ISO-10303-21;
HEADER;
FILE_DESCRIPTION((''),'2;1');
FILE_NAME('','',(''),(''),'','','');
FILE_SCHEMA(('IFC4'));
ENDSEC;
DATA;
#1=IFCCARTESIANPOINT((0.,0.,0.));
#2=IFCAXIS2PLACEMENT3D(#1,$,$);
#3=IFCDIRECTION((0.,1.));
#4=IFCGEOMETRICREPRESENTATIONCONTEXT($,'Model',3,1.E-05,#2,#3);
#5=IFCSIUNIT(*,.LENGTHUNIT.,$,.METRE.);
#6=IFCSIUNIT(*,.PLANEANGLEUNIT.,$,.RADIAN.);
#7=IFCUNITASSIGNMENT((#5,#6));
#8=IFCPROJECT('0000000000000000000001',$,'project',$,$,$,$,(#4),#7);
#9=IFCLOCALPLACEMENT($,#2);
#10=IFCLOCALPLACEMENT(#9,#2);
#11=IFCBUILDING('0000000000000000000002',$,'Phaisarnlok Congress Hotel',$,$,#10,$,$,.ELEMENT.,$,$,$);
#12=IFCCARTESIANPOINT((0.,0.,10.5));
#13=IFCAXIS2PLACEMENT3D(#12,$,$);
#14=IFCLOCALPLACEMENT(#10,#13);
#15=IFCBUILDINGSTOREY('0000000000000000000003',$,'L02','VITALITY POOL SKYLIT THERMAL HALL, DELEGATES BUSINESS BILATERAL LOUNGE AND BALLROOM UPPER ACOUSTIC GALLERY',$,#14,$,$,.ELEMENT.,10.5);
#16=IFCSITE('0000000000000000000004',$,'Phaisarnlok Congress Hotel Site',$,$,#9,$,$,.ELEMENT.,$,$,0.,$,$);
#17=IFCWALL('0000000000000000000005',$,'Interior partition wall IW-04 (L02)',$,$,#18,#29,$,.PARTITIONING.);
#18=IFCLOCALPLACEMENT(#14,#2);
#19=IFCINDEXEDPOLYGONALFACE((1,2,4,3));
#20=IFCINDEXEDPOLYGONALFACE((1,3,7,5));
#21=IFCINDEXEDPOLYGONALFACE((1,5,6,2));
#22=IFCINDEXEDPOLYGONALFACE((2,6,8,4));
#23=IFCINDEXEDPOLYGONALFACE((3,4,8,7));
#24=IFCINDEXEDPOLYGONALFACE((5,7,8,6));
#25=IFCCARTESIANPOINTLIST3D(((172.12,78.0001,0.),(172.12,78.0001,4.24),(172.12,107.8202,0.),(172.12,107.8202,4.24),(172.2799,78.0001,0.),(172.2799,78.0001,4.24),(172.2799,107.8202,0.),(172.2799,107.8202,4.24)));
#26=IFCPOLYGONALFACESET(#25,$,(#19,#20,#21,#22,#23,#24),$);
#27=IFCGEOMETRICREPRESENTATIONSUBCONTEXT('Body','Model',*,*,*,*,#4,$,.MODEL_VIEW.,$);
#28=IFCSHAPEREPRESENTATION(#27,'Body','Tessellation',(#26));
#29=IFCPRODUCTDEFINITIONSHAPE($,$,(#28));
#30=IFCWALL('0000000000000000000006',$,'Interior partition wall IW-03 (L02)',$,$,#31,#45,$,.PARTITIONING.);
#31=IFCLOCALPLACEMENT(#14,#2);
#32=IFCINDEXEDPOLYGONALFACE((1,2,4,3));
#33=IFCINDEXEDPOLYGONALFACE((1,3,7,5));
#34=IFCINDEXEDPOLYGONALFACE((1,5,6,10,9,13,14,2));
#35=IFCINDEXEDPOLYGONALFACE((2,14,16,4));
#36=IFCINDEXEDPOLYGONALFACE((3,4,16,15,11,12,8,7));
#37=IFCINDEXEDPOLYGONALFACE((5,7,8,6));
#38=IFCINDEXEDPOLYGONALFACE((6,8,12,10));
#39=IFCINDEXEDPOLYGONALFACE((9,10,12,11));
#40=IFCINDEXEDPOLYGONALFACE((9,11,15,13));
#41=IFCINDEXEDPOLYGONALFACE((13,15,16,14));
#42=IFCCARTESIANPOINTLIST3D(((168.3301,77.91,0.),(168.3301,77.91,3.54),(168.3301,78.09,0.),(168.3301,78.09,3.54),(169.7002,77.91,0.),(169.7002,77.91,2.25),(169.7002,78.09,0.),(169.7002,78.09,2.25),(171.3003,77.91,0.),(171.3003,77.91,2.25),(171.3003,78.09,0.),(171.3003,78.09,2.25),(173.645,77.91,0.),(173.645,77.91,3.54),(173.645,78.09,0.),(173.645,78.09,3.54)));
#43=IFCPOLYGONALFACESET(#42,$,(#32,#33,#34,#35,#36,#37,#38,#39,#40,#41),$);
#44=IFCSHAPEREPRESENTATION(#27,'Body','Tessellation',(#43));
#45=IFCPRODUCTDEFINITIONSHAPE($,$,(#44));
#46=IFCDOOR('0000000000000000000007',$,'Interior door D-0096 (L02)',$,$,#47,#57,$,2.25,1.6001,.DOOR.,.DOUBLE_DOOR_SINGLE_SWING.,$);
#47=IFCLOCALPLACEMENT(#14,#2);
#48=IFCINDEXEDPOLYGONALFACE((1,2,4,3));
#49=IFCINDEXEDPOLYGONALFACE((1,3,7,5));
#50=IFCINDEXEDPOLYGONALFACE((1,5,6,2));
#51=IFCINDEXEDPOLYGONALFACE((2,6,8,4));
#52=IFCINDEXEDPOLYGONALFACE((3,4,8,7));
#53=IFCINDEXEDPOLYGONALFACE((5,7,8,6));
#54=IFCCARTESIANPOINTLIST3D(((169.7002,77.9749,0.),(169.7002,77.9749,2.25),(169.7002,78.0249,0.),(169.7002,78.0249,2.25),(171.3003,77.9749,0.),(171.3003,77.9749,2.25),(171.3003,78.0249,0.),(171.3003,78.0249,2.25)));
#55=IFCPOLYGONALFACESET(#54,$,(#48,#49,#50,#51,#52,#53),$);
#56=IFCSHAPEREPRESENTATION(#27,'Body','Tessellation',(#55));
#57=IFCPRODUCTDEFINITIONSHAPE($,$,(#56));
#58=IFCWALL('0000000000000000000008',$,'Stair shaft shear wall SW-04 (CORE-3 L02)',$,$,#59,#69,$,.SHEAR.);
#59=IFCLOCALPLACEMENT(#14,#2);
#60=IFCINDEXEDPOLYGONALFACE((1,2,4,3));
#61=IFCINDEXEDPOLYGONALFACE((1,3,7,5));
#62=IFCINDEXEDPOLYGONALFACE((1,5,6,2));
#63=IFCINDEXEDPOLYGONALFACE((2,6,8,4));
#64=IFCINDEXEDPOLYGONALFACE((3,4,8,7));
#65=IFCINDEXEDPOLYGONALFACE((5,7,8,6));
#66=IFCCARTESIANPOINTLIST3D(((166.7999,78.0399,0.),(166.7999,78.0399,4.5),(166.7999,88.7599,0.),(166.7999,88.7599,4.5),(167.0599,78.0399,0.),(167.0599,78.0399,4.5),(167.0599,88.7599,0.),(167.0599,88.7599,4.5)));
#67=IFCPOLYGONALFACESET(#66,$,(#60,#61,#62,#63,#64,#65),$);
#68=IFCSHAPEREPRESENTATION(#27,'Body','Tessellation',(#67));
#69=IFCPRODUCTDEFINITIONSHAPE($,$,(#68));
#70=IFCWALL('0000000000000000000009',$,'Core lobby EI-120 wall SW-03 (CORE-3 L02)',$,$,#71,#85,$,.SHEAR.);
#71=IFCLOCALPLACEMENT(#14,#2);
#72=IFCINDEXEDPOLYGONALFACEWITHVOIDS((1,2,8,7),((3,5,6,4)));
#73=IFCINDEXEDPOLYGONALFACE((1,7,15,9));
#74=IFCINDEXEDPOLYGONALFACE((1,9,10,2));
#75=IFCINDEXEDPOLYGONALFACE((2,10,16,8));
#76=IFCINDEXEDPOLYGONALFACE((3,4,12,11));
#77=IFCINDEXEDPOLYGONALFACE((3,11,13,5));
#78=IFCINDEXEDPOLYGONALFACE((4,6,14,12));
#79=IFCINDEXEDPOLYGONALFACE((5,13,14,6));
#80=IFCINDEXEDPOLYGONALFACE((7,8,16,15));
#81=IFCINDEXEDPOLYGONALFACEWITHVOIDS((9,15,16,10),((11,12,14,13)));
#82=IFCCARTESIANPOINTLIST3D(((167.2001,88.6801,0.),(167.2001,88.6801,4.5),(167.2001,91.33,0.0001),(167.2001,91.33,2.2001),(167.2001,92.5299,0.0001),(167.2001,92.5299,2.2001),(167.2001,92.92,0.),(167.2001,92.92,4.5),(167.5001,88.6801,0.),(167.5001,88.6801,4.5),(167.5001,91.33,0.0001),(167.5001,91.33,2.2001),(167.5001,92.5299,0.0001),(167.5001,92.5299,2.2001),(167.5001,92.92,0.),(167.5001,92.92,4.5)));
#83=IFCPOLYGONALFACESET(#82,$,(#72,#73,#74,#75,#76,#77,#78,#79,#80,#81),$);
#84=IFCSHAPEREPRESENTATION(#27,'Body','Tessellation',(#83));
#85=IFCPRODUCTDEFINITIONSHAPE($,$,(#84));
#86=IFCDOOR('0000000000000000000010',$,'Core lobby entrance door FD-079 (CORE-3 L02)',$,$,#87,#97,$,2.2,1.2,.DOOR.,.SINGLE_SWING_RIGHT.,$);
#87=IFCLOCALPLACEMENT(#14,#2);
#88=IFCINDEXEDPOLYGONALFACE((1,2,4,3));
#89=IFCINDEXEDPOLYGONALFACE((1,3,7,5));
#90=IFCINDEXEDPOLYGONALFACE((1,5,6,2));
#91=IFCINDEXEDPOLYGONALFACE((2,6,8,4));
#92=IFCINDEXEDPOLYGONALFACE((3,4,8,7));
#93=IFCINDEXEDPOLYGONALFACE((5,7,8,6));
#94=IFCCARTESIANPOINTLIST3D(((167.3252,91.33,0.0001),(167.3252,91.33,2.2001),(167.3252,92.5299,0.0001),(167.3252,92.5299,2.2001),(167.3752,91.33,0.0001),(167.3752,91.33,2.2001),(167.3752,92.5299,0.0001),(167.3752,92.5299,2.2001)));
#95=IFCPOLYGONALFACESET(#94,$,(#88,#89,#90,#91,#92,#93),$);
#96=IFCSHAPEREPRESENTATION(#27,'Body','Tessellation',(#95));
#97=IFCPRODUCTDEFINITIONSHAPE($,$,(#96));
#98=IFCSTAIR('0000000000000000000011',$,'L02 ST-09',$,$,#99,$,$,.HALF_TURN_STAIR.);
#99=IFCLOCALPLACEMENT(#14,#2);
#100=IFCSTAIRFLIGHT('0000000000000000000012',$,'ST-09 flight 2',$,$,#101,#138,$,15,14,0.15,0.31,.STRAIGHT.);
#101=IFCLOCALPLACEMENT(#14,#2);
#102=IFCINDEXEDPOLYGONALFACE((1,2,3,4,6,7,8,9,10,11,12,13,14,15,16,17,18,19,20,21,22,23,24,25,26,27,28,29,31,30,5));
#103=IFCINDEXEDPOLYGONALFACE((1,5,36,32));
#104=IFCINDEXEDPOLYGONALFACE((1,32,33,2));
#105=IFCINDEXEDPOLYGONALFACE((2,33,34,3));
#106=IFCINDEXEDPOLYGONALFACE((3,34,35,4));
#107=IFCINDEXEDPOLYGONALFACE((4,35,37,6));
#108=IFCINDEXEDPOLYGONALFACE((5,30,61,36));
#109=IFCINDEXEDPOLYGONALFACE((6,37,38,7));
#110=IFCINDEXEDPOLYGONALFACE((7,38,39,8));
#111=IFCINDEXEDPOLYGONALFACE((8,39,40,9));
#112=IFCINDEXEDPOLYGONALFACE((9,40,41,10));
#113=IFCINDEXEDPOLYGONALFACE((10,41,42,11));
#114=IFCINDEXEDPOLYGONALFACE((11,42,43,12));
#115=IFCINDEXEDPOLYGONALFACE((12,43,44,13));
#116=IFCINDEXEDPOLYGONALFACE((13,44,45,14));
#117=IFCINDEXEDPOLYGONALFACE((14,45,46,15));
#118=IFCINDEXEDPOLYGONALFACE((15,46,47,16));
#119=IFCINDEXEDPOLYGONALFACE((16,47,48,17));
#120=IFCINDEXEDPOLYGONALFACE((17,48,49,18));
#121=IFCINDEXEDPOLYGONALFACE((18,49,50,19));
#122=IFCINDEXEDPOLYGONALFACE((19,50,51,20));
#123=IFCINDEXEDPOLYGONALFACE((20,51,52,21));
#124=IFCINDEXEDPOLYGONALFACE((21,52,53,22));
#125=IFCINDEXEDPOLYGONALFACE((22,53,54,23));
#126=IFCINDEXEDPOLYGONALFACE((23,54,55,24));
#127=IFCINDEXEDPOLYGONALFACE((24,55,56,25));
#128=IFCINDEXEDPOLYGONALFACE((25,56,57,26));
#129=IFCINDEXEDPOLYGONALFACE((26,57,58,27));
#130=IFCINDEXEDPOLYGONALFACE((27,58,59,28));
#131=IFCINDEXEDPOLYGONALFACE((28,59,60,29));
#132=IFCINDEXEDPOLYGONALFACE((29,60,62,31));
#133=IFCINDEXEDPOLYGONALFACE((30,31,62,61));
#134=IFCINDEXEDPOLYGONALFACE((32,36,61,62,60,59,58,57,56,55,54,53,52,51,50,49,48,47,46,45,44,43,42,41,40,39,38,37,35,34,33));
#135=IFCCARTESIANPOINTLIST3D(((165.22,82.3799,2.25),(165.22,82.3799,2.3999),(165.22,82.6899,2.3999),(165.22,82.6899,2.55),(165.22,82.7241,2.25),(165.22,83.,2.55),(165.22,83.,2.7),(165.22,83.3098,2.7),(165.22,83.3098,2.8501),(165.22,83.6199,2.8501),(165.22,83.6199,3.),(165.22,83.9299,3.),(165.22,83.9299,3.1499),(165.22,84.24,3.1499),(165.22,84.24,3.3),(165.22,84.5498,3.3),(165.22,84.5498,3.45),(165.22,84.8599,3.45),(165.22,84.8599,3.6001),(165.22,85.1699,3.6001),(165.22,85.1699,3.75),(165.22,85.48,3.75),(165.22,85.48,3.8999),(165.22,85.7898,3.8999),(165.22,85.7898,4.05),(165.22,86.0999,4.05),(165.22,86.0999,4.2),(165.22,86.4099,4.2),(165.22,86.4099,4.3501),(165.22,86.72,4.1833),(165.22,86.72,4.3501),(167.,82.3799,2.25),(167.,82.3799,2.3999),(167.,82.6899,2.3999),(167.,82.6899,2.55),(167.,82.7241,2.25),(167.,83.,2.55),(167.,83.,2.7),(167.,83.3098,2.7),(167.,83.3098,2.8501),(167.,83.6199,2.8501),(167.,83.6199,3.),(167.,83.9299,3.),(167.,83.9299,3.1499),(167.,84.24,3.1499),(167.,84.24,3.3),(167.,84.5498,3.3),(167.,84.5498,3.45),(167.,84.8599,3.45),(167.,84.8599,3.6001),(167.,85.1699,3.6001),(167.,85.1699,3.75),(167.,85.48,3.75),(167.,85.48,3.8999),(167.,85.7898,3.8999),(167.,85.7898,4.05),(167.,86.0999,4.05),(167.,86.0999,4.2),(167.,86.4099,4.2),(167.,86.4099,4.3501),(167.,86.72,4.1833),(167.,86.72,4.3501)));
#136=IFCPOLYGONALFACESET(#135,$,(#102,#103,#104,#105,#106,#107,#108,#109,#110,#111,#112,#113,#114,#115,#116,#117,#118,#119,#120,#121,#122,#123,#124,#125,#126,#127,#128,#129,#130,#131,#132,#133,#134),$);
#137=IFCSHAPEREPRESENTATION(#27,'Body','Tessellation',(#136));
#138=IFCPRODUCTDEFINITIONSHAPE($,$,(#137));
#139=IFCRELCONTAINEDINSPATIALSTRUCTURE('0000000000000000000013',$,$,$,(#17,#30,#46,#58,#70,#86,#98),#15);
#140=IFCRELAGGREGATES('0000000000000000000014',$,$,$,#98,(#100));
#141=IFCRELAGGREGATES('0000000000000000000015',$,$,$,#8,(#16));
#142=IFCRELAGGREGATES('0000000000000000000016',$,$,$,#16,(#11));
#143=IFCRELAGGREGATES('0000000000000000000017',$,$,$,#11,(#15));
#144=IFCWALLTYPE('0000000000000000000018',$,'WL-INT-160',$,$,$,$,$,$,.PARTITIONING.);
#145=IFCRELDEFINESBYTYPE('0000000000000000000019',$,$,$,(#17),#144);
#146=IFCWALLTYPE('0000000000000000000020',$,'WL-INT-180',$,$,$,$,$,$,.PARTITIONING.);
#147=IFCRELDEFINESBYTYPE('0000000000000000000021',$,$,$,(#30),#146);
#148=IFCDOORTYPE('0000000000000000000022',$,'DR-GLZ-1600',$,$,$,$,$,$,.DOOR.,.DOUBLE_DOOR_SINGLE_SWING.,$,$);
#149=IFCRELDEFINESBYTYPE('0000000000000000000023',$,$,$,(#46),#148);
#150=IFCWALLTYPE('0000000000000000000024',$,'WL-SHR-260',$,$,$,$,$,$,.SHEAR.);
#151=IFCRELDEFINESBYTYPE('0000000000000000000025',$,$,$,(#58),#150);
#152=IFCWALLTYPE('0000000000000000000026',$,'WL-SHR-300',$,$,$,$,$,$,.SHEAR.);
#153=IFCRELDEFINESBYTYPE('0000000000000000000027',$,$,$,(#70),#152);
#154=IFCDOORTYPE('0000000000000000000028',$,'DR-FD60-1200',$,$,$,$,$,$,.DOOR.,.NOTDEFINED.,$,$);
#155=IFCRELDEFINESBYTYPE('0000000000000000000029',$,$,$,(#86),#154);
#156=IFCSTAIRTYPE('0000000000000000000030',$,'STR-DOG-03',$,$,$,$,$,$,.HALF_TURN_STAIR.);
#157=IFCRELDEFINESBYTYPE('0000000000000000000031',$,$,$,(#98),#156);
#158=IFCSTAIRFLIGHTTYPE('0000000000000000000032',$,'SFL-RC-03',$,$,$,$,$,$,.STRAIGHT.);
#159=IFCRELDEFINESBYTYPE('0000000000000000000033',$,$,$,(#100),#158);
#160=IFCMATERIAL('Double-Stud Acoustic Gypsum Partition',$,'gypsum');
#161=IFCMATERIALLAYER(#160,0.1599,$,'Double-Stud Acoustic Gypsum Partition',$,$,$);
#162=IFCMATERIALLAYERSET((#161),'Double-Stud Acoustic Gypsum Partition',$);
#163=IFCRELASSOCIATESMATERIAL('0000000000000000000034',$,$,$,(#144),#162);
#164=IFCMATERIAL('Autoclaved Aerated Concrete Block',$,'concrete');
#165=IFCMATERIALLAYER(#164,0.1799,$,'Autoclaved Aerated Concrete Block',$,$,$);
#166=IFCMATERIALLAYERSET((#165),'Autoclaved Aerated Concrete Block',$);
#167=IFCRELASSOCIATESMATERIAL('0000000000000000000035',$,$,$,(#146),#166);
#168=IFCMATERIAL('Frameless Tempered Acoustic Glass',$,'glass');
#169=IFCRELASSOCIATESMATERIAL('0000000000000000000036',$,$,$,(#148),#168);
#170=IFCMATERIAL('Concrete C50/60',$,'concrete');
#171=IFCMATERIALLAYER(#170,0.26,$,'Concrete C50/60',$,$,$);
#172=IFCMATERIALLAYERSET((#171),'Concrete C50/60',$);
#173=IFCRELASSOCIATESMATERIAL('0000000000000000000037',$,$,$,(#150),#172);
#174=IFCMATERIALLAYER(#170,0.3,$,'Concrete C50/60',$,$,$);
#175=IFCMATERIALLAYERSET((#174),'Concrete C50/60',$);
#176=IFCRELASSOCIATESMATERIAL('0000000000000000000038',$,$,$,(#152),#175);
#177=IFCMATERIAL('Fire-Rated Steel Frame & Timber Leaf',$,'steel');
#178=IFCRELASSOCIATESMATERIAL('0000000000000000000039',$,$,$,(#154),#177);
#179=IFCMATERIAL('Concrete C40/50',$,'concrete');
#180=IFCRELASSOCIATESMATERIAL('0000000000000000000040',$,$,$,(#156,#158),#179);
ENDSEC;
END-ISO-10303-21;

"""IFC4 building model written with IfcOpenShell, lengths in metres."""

from ifc_helpers import new_model, si_unit, direction, frame, frame_2d, origin, place, context, subcontext, project, spatial, polyline, rectangle, outline, extrude, material, layer, layer_set, type_object, element, fill, aggregate, save


model = new_model("IFC4")

# Units and contexts
model_context = context("Model", 3, precision=1e-05, world=origin(), true_north=direction((0.0, 1.0)))
body_context = subcontext(model_context, "Body", "Model", "MODEL_VIEW")
ifc_project = project(units=[si_unit("LENGTHUNIT", "METRE"), si_unit("PLANEANGLEUNIT", "RADIAN")], contexts=[model_context])

# Site, building, storey
site_placement = place(None, origin())
site = spatial("IfcSite", under=ifc_project, at=site_placement, Name="Phaisarnlok Congress Hotel Site", CompositionType="ELEMENT", RefElevation=0.0)
building_placement = place(site_placement, origin())
building = spatial("IfcBuilding", under=site, at=building_placement, Name="Phaisarnlok Congress Hotel", CompositionType="ELEMENT")
storey_placement = place(building_placement, frame((0.0, 0.0, 10.5)))
storey = spatial("IfcBuildingStorey", under=building, at=storey_placement, Name="L02", Description="VITALITY POOL SKYLIT THERMAL HALL, DELEGATES BUSINESS BILATERAL LOUNGE AND BALLROOM UPPER ACOUSTIC GALLERY", CompositionType="ELEMENT", Elevation=10.5)

# Shared definitions
ifc_material_1 = material(Name="Concrete C50/60", Category="concrete")

# Shared definitions
ifc_material_2 = material(Name="Concrete C40/50", Category="concrete")

# Wall
ifc_material_3 = material(Name="Double-Stud Acoustic Gypsum Partition", Category="gypsum")
ifc_layer_1 = layer(ifc_material_3, 0.1599, Name="Double-Stud Acoustic Gypsum Partition")
ifc_layer_set_1 = layer_set([ifc_layer_1], Name="Double-Stud Acoustic Gypsum Partition")
wall_type_1 = type_object("IfcWallType", Name="WL-INT-160", PredefinedType="PARTITIONING", material=ifc_layer_set_1)
wall_1_placement = place(storey_placement, frame((172.2, 78.0, 0.0), z_axis=(0.0, 0.0, 1.0), x_axis=(0.0, 1.0, 0.0)))
element("IfcWall", 1, at=wall_1_placement, inside=storey, type_object=wall_type_1, Name="Interior partition wall IW-04 (L02)", PredefinedType="PARTITIONING", context=body_context, shape_type="SweptSolid", body=[
    extrude(rectangle(XDim=29.8201, YDim=0.1599, at=frame_2d((14.9102, 0.0))), origin(), (0.0, 0.0, 1.0), 4.24),
])

# Wall, opening, door
ifc_material_4 = material(Name="Autoclaved Aerated Concrete Block", Category="concrete")
ifc_layer_2 = layer(ifc_material_4, 0.1799, Name="Autoclaved Aerated Concrete Block")
ifc_layer_set_2 = layer_set([ifc_layer_2], Name="Autoclaved Aerated Concrete Block")
wall_type_2 = type_object("IfcWallType", Name="WL-INT-180", PredefinedType="PARTITIONING", material=ifc_layer_set_2)
wall_2_placement = place(storey_placement, frame((168.3301, 78.0, 0.0), z_axis=(0.0, 0.0, 1.0), x_axis=(1.0, 0.0, 0.0)))
wall_2 = element("IfcWall", 2, at=wall_2_placement, inside=storey, type_object=wall_type_2, Name="Interior partition wall IW-03 (L02)", PredefinedType="PARTITIONING", context=body_context, shape_type="SweptSolid", body=[
    extrude(rectangle(XDim=5.3149, YDim=0.1799, at=frame_2d((2.6575, 0.0))), origin(), (0.0, 0.0, 1.0), 3.54),
])
opening_1_placement = place(wall_2_placement, frame((1.3701, 0.0, 0.0)))
opening_1 = element("IfcOpeningElement", 3, at=opening_1_placement, cuts=wall_2, PredefinedType="OPENING", context=body_context, shape_type="SweptSolid", body=[
    extrude(rectangle(XDim=1.6001, YDim=2.25, at=frame_2d((0.8, 1.125))), frame((0.0, 0.1001, 0.0), z_axis=(0.0, -1.0, 0.0), x_axis=(1.0, 0.0, 0.0)), (0.0, 0.0, 1.0), 0.2),
])
ifc_material_5 = material(Name="Frameless Tempered Acoustic Glass", Category="glass")
door_type_1 = type_object("IfcDoorType", Name="DR-GLZ-1600", OperationType="DOUBLE_DOOR_SINGLE_SWING", PredefinedType="DOOR", material=ifc_material_5)
door_1_placement = place(opening_1_placement, origin())
door_1 = element("IfcDoor", 4, at=door_1_placement, inside=storey, type_object=door_type_1, Name="Interior door D-0096 (L02)", OperationType="DOUBLE_DOOR_SINGLE_SWING", OverallHeight=2.25, OverallWidth=1.6001, PredefinedType="DOOR", context=body_context, shape_type="SweptSolid", body=[
    extrude(rectangle(XDim=1.6001, YDim=2.25, at=frame_2d((0.8, 1.125))), frame((0.0, 0.0249, 0.0), z_axis=(0.0, -1.0, 0.0), x_axis=(1.0, 0.0, 0.0)), (0.0, 0.0, 1.0), 0.05),
])
fill(opening_1, door_1)

# Wall
ifc_layer_3 = layer(ifc_material_1, 0.26, Name="Concrete C50/60")
ifc_layer_set_3 = layer_set([ifc_layer_3], Name="Concrete C50/60")
wall_type_3 = type_object("IfcWallType", Name="WL-SHR-260", PredefinedType="SHEAR", material=ifc_layer_set_3)
wall_3_placement = place(storey_placement, frame((166.9299, 78.04, 0.0), z_axis=(0.0, 0.0, 1.0), x_axis=(0.0, 1.0, 0.0)))
element("IfcWall", 5, at=wall_3_placement, inside=storey, type_object=wall_type_3, Name="Stair shaft shear wall SW-04 (CORE-3 L02)", PredefinedType="SHEAR", context=body_context, shape_type="SweptSolid", body=[
    extrude(rectangle(XDim=10.72, YDim=0.26, at=frame_2d((5.3599, 0.0))), origin(), (0.0, 0.0, 1.0), 4.5),
])

# Wall, opening, door
ifc_layer_4 = layer(ifc_material_1, 0.3, Name="Concrete C50/60")
ifc_layer_set_4 = layer_set([ifc_layer_4], Name="Concrete C50/60")
wall_type_4 = type_object("IfcWallType", Name="WL-SHR-300", PredefinedType="SHEAR", material=ifc_layer_set_4)
wall_4_placement = place(storey_placement, frame((167.3501, 88.6799, 0.0), z_axis=(0.0, 0.0, 1.0), x_axis=(0.0, 1.0, 0.0)))
wall_4 = element("IfcWall", 6, at=wall_4_placement, inside=storey, type_object=wall_type_4, Name="Core lobby EI-120 wall SW-03 (CORE-3 L02)", PredefinedType="SHEAR", context=body_context, shape_type="SweptSolid", body=[
    extrude(rectangle(XDim=4.24, YDim=0.3, at=frame_2d((2.1201, 0.0))), origin(), (0.0, 0.0, 1.0), 4.5),
])
opening_2_placement = place(wall_4_placement, frame((2.6499, 0.0, 0.0)))
opening_2 = element("IfcOpeningElement", 7, at=opening_2_placement, cuts=wall_4, PredefinedType="OPENING", context=body_context, shape_type="SweptSolid", body=[
    extrude(rectangle(XDim=1.2, YDim=2.2, at=frame_2d((0.6001, 1.1001))), frame((0.0, 0.1602, 0.0), z_axis=(0.0, -1.0, 0.0), x_axis=(1.0, 0.0, 0.0)), (0.0, 0.0, 1.0), 0.3201),
])
ifc_material_6 = material(Name="Fire-Rated Steel Frame & Timber Leaf", Category="steel")
door_type_2 = type_object("IfcDoorType", Name="DR-FD60-1200", OperationType="NOTDEFINED", PredefinedType="DOOR", material=ifc_material_6)
door_2_placement = place(opening_2_placement, origin())
door_2 = element("IfcDoor", 8, at=door_2_placement, inside=storey, type_object=door_type_2, Name="Core lobby entrance door FD-079 (CORE-3 L02)", OperationType="SINGLE_SWING_RIGHT", OverallHeight=2.2, OverallWidth=1.2, PredefinedType="DOOR", context=body_context, shape_type="SweptSolid", body=[
    extrude(rectangle(XDim=1.2, YDim=2.2, at=frame_2d((0.6001, 1.1001))), frame((0.0, 0.0249, 0.0), z_axis=(0.0, -1.0, 0.0), x_axis=(1.0, 0.0, 0.0)), (0.0, 0.0, 1.0), 0.05),
])
fill(opening_2, door_2)

# Stair, stair flight
stair_type = type_object("IfcStairType", Name="STR-DOG-03", PredefinedType="HALF_TURN_STAIR", material=ifc_material_2)
stair_placement = place(storey_placement, origin())
stair = element("IfcStair", 9, at=stair_placement, inside=storey, type_object=stair_type, Name="L02 ST-09", PredefinedType="HALF_TURN_STAIR")
stair_flight_type = type_object("IfcStairFlightType", Name="SFL-RC-03", PredefinedType="STRAIGHT", material=ifc_material_2)
stair_flight_placement = place(storey_placement, frame((166.1101, 82.3799, 2.25), z_axis=(0.0, 0.0, 1.0), x_axis=(0.0, 1.0, 0.0)))
stair_flight = element("IfcStairFlight", 10, at=stair_flight_placement, type_object=stair_flight_type, Name="ST-09 flight 2", NumberOfRisers=15, NumberOfTreads=14, PredefinedType="STRAIGHT", RiserHeight=0.15, TreadLength=0.31, context=body_context, shape_type="SweptSolid", body=[
    extrude(outline(polyline([(0.0, 0.0), (0.0, 0.1499), (0.3101, 0.1499), (0.3101, 0.3), (0.6201, 0.3), (0.6201, 0.45), (0.9299, 0.45), (0.9299, 0.6001), (1.24, 0.6001), (1.24, 0.75), (1.55, 0.75), (1.55, 0.8999), (1.8601, 0.8999), (1.8601, 1.05), (2.1699, 1.05), (2.1699, 1.2), (2.48, 1.2), (2.48, 1.3501), (2.79, 1.3501), (2.79, 1.5), (3.1001, 1.5), (3.1001, 1.6499), (3.4099, 1.6499), (3.4099, 1.8), (3.72, 1.8), (3.72, 1.95), (4.03, 1.95), (4.03, 2.1001), (4.3401, 2.1001), (4.3401, 2.25), (4.3401, 1.9333), (0.3442, 0.0), (0.0, 0.0)])), frame((0.0, 0.8901, 0.0), z_axis=(0.0, -1.0, 0.0), x_axis=(1.0, 0.0, 0.0)), (0.0, 0.0, 1.0), 1.78),
])
aggregate(stair, [stair_flight])

save(model, "model.ifc")
